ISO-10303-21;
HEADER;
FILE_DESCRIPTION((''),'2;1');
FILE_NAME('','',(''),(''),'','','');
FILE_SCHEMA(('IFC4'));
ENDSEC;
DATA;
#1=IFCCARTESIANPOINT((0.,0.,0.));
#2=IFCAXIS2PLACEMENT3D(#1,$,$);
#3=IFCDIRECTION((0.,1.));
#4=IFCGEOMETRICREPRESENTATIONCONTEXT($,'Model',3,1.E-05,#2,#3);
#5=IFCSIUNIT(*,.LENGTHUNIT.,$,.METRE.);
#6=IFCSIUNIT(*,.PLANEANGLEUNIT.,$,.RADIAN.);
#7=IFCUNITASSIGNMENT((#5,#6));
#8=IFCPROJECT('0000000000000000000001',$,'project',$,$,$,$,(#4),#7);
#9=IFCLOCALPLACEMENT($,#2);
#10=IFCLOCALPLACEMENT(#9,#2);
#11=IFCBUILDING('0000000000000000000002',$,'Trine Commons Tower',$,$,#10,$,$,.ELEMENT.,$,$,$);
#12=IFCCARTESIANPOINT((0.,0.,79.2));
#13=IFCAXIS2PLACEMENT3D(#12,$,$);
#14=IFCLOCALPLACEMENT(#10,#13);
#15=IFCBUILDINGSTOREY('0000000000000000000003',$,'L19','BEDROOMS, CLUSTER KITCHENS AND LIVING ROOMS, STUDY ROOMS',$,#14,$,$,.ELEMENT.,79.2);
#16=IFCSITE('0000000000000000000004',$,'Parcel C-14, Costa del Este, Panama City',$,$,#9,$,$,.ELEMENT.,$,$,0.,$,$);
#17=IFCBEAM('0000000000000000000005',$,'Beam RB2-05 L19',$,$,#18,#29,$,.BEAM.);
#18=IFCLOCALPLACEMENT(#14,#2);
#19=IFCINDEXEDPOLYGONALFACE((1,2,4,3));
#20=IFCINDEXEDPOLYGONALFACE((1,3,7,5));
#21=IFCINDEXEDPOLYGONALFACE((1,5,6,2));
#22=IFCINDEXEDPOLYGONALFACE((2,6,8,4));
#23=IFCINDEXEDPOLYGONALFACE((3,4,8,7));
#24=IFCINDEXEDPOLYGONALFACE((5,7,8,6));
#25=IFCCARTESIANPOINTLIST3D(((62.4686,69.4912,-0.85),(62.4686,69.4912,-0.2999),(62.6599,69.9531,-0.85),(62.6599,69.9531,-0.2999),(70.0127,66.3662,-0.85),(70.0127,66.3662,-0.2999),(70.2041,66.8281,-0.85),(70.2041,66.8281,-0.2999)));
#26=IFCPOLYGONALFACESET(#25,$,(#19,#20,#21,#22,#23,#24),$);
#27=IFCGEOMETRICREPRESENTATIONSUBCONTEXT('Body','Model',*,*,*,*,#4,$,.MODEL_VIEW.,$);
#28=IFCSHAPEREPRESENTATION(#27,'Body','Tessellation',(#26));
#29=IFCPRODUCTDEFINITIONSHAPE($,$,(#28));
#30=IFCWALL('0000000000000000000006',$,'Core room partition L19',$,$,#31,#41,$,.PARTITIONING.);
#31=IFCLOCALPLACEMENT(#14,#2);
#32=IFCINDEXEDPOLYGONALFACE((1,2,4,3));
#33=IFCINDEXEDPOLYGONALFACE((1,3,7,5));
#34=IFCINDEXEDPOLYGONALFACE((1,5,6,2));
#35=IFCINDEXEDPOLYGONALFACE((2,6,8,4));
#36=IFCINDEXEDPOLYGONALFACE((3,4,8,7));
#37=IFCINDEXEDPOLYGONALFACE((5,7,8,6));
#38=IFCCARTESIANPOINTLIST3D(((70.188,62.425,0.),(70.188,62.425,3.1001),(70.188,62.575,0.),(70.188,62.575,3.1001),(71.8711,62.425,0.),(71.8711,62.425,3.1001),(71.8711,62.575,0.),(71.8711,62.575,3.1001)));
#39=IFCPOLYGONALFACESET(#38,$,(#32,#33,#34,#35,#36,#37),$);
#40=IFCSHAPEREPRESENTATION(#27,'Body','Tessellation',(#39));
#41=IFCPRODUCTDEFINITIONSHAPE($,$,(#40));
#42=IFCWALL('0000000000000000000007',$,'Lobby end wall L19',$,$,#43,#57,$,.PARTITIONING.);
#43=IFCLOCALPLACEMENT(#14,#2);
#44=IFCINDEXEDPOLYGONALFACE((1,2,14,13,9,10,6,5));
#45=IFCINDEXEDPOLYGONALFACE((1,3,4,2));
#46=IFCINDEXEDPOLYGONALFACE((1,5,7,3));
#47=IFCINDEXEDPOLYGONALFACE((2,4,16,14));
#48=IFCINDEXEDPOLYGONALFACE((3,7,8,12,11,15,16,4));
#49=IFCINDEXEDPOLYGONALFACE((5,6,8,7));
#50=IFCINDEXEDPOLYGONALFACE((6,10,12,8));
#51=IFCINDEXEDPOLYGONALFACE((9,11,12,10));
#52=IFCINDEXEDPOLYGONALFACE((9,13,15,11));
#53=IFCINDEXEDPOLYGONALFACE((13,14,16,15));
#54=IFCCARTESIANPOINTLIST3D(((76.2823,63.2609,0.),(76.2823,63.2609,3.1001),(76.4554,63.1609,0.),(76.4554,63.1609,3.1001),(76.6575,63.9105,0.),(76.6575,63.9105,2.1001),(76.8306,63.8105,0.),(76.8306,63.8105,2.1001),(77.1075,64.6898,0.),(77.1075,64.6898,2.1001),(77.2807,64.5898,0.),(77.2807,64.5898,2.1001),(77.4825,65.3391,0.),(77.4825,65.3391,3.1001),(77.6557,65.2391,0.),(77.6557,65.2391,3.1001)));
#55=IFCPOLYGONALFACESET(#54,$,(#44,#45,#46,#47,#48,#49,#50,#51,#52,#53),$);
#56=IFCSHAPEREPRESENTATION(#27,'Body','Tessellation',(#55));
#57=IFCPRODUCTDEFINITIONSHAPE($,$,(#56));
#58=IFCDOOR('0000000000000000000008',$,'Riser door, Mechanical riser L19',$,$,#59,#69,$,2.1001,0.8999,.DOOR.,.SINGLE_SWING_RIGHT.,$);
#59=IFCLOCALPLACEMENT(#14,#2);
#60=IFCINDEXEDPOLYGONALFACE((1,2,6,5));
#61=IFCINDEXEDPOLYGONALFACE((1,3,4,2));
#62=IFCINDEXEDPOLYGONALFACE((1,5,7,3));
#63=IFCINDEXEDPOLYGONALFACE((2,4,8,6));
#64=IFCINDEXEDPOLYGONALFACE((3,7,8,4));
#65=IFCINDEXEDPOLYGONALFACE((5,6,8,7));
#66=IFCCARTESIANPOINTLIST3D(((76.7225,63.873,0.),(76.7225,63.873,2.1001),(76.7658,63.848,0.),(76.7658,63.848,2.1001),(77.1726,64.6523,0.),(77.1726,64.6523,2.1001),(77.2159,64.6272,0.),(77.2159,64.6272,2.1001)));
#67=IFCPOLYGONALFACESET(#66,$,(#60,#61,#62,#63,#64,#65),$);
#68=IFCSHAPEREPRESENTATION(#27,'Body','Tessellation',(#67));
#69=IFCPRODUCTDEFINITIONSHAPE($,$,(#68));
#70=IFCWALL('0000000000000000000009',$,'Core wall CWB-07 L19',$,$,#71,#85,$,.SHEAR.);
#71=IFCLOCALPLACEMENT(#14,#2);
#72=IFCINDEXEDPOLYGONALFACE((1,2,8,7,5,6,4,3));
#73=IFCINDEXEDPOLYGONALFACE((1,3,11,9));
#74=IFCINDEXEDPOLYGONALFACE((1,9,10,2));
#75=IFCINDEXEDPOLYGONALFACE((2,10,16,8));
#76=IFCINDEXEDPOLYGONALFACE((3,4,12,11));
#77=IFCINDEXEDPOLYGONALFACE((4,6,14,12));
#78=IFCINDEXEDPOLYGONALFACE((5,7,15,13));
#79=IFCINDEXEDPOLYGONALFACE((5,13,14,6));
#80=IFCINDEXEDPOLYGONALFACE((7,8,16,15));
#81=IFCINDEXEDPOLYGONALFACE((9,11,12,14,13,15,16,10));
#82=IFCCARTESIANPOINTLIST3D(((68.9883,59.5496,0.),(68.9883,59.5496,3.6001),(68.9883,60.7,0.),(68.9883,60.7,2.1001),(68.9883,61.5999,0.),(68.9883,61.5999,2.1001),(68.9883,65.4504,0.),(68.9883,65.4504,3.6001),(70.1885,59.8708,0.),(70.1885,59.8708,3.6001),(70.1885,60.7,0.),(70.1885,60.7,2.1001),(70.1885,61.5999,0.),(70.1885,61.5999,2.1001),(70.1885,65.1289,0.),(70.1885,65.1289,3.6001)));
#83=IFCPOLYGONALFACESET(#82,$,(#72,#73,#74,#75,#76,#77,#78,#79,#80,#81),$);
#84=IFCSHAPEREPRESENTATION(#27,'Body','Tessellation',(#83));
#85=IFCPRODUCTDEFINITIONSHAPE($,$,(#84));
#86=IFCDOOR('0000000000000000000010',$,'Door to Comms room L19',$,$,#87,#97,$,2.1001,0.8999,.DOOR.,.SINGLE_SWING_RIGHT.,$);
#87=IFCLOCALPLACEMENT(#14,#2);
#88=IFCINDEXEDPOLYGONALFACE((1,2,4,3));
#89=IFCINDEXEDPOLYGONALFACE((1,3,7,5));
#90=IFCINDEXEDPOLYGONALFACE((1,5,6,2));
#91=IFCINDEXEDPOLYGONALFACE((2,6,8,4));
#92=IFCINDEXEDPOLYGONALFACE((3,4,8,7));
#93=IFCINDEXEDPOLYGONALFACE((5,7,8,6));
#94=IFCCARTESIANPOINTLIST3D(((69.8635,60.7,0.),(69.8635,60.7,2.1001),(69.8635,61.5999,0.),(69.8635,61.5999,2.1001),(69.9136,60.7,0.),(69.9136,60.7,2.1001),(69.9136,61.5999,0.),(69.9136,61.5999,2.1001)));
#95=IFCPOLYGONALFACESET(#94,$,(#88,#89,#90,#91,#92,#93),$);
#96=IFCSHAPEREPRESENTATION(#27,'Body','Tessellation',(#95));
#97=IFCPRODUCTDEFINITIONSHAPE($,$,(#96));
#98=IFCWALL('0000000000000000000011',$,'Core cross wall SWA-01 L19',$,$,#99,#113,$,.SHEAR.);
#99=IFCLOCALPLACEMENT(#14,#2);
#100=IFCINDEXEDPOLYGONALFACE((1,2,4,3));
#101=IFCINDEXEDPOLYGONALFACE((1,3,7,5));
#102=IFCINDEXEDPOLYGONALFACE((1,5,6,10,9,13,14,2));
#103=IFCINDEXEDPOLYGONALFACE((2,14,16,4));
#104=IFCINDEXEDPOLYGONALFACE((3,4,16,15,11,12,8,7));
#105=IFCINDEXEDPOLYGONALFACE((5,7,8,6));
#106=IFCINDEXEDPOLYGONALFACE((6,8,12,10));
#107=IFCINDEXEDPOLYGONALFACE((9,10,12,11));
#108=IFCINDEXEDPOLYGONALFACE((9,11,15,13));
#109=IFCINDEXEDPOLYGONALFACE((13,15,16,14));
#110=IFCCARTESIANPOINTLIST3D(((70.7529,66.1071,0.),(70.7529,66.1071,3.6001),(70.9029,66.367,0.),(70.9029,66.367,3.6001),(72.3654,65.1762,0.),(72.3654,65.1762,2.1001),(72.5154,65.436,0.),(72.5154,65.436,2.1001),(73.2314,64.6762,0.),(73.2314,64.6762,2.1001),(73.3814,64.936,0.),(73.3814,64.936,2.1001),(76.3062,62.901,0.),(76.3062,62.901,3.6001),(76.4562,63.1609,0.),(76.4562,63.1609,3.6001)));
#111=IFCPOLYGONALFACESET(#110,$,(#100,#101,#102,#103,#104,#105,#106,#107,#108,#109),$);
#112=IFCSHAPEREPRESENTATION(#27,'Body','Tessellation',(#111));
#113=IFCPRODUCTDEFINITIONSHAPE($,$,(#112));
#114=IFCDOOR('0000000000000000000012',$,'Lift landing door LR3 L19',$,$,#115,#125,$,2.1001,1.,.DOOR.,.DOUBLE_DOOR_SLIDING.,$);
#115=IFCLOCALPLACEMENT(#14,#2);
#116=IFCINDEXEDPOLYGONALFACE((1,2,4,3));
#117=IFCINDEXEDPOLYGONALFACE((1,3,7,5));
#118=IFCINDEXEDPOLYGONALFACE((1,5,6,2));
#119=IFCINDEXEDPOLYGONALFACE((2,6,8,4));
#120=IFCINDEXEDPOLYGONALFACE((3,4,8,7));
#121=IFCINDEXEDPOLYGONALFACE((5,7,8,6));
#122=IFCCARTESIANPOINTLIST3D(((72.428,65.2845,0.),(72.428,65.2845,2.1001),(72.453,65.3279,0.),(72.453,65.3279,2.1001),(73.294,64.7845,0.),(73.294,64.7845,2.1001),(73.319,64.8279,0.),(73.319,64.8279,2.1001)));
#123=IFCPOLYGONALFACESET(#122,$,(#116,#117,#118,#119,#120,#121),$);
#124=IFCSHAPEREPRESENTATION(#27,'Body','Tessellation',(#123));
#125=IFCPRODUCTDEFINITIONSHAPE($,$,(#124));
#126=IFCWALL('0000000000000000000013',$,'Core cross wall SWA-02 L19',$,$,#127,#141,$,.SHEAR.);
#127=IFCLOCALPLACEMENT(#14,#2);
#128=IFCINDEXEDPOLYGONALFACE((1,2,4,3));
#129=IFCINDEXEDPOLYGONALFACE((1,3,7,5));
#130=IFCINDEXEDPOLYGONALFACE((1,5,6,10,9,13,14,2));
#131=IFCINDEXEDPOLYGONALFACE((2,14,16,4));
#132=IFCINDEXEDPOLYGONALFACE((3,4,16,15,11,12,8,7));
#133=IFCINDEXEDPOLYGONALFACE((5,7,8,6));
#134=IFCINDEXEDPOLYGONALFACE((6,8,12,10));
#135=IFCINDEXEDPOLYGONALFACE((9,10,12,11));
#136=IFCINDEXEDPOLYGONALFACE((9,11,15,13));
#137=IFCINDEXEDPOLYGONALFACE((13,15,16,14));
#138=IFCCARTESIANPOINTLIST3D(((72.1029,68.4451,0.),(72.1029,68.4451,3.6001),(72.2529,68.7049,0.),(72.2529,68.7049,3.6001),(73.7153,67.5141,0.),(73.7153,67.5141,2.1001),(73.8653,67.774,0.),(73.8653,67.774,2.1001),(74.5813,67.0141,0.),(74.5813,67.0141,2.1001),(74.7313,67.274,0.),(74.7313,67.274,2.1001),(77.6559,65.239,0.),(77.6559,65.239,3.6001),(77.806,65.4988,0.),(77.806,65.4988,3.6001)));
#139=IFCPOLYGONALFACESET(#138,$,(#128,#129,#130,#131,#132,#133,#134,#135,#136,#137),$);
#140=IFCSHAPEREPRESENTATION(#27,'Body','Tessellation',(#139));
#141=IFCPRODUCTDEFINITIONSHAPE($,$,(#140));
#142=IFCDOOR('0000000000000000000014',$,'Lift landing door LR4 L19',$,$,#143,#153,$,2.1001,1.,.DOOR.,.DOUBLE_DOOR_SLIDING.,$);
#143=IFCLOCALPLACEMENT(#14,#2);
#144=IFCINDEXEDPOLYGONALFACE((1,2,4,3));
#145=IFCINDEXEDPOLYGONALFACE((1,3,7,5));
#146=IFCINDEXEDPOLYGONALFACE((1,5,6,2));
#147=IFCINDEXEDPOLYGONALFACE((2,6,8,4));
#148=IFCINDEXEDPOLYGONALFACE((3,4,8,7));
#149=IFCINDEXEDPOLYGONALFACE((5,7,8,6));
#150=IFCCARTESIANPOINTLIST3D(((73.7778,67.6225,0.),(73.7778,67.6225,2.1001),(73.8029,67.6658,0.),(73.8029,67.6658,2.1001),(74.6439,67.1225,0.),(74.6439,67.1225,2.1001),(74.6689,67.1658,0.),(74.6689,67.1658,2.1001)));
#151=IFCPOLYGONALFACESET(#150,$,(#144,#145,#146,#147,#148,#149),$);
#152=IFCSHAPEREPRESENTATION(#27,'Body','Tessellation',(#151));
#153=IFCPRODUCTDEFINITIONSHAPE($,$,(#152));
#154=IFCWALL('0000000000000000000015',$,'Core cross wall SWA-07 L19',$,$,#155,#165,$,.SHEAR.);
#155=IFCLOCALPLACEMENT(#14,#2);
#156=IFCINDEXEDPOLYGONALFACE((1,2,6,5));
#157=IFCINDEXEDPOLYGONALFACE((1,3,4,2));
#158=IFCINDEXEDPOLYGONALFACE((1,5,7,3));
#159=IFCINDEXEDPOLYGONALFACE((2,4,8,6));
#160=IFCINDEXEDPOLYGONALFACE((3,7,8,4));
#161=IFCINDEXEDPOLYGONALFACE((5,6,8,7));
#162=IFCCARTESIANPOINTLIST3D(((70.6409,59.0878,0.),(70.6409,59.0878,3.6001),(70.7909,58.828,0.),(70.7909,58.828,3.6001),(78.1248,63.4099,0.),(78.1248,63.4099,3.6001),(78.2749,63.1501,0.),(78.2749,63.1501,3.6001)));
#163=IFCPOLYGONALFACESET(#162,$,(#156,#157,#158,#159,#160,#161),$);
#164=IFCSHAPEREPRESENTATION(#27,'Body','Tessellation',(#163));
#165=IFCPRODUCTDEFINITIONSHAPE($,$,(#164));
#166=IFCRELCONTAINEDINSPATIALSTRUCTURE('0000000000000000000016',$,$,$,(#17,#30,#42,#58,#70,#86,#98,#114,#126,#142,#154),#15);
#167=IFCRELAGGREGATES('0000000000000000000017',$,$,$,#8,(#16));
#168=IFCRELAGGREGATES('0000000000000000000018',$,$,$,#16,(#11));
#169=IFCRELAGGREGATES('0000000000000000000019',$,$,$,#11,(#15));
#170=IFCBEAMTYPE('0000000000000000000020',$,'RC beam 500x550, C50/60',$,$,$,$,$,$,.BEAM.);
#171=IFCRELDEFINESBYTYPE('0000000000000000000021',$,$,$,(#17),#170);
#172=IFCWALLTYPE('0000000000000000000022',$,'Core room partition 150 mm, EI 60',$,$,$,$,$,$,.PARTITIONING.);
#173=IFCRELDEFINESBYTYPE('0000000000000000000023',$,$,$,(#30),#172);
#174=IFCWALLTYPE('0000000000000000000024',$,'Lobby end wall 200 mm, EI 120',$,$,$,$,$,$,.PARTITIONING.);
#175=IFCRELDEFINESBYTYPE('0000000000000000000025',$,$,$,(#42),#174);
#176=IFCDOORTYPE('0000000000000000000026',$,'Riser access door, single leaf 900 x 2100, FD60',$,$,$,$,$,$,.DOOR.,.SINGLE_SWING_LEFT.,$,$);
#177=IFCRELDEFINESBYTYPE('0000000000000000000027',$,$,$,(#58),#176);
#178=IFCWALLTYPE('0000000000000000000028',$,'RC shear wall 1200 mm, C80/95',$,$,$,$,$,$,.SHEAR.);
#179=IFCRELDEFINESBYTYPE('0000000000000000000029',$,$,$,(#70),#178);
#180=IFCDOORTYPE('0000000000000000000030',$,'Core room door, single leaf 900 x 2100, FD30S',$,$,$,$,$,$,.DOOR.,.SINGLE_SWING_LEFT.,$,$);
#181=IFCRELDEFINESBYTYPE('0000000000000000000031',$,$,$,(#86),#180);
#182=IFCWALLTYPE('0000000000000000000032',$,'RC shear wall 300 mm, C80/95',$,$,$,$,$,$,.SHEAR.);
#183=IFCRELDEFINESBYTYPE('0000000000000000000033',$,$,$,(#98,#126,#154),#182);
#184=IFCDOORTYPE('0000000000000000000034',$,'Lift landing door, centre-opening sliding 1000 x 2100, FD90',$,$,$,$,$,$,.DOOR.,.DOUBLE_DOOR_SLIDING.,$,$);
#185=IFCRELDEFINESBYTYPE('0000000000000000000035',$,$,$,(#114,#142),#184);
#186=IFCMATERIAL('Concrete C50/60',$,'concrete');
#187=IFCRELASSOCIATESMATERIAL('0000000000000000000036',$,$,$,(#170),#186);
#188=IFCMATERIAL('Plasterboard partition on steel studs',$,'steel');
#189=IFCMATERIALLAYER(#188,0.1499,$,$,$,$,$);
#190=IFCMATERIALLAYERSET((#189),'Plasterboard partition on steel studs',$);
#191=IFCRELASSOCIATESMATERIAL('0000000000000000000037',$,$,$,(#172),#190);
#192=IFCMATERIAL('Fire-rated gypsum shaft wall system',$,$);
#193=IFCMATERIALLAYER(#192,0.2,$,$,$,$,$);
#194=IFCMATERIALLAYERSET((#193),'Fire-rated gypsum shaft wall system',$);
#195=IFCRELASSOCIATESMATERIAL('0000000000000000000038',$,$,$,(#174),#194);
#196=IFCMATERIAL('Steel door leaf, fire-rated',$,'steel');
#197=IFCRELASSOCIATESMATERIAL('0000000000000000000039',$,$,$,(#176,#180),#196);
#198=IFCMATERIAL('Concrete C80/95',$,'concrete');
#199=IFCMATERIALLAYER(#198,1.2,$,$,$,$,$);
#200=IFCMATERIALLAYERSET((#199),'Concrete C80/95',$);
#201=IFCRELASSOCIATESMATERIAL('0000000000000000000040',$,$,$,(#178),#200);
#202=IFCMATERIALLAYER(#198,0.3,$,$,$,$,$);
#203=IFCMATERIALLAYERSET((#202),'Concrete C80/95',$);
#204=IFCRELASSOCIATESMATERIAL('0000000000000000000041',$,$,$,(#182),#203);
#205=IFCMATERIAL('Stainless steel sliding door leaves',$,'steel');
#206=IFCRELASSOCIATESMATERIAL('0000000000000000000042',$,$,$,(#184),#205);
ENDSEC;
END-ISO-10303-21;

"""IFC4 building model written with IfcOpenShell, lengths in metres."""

from ifc_helpers import new_model, si_unit, direction, frame, frame_2d, origin, origin_2d, place, context, subcontext, project, spatial, polyline, rectangle, outline, extrude, material, layer, layer_set, material_profile, profile_set, type_object, element, fill, save


model = new_model("IFC4")

# Units and contexts
model_context = context("Model", 3, precision=1e-05, world=origin(), true_north=direction((0.0, 1.0)))
body_context = subcontext(model_context, "Body", "Model", "MODEL_VIEW")
ifc_project = project(units=[si_unit("LENGTHUNIT", "METRE"), si_unit("PLANEANGLEUNIT", "RADIAN")], contexts=[model_context])

# Site, building, storey
site_placement = place(None, origin())
site = spatial("IfcSite", under=ifc_project, at=site_placement, Name="Parcel C-14, Costa del Este, Panama City", CompositionType="ELEMENT", RefElevation=0.0)
building_placement = place(site_placement, origin())
building = spatial("IfcBuilding", under=site, at=building_placement, Name="Trine Commons Tower", CompositionType="ELEMENT")
storey_placement = place(building_placement, frame((0.0, 0.0, 79.2)))
storey = spatial("IfcBuildingStorey", under=building, at=storey_placement, Name="L19", Description="BEDROOMS, CLUSTER KITCHENS AND LIVING ROOMS, STUDY ROOMS", CompositionType="ELEMENT", Elevation=79.2)

# Beam
ifc_material_1 = material(Name="Concrete C50/60", Category="concrete")
ifc_material_profile = material_profile(ifc_material_1, rectangle(XDim=0.5, YDim=0.55, at=origin_2d()), Name="RC 500x550")
ifc_profile_set = profile_set([ifc_material_profile], Name="Concrete C50/60")
beam_type = type_object("IfcBeamType", Name="RC beam 500x550, C50/60", PredefinedType="BEAM", material=ifc_profile_set)
beam_placement = place(storey_placement, frame((70.1084, 66.5972, -0.575), z_axis=(-0.923875, 0.382693, 0.0), x_axis=(-0.382693, -0.923875, 0.0)))
element("IfcBeam", 1, at=beam_placement, inside=storey, type_object=beam_type, Name="Beam RB2-05 L19", PredefinedType="BEAM", context=body_context, shape_type="SweptSolid", body=[
    extrude(rectangle(XDim=0.5, YDim=0.55, at=origin_2d()), origin(), (0.0, 0.0, 1.0), 8.1658),
])

# Wall
ifc_material_2 = material(Name="Plasterboard partition on steel studs", Category="steel")
ifc_layer_1 = layer(ifc_material_2, 0.1499)
ifc_layer_set_1 = layer_set([ifc_layer_1], Name="Plasterboard partition on steel studs")
wall_type_1 = type_object("IfcWallType", Name="Core room partition 150 mm, EI 60", PredefinedType="PARTITIONING", material=ifc_layer_set_1)
wall_1_placement = place(storey_placement, frame((70.188, 62.5, 0.0), z_axis=(0.0, 0.0, 1.0), x_axis=(1.0, 0.0, 0.0)))
element("IfcWall", 2, at=wall_1_placement, inside=storey, type_object=wall_type_1, Name="Core room partition L19", PredefinedType="PARTITIONING", context=body_context, shape_type="SweptSolid", body=[
    extrude(rectangle(XDim=1.6831, YDim=0.1499, at=frame_2d((0.8416, 0.0))), origin(), (0.0, 0.0, 1.0), 3.1001),
])

# Walls, openings, doors
ifc_material_3 = material(Name="Fire-rated gypsum shaft wall system")
ifc_layer_2 = layer(ifc_material_3, 0.2)
ifc_layer_set_2 = layer_set([ifc_layer_2], Name="Fire-rated gypsum shaft wall system")
wall_type_2 = type_object("IfcWallType", Name="Lobby end wall 200 mm, EI 120", PredefinedType="PARTITIONING", material=ifc_layer_set_2)
wall_2_placement = place(storey_placement, frame((77.5691, 65.2891, 0.0), z_axis=(0.0, 0.0, 1.0), x_axis=(-0.500122, -0.865955, 0.0)))
wall_2 = element("IfcWall", 3, at=wall_2_placement, inside=storey, type_object=wall_type_2, Name="Lobby end wall L19", PredefinedType="PARTITIONING", context=body_context, shape_type="SweptSolid", body=[
    extrude(rectangle(XDim=2.3999, YDim=0.2, at=frame_2d((1.2, 0.0))), origin(), (0.0, 0.0, 1.0), 3.1001),
])
opening_1_placement = place(wall_2_placement, frame((0.7498, 0.0, 0.0)))
opening_1 = element("IfcOpeningElement", 4, at=opening_1_placement, cuts=wall_2, PredefinedType="OPENING", context=body_context, shape_type="SweptSolid", body=[
    extrude(rectangle(XDim=0.8999, YDim=2.1001, at=frame_2d((0.45, 1.05))), frame((0.0, 0.1099, 0.0), z_axis=(0.0, -1.0, 0.0), x_axis=(1.0, 0.0, 0.0)), (0.0, 0.0, 1.0), 0.22),
])
ifc_material_4 = material(Name="Steel door leaf, fire-rated", Category="steel")
door_type_1 = type_object("IfcDoorType", Name="Riser access door, single leaf 900 x 2100, FD60", OperationType="SINGLE_SWING_LEFT", PredefinedType="DOOR", material=ifc_material_4)
door_1_placement = place(opening_1_placement, frame((0.8999, 0.0, 0.0), z_axis=(0.0, 0.0, 1.0), x_axis=(-1.0, 0.0, 0.0)))
door_1 = element("IfcDoor", 5, at=door_1_placement, inside=storey, type_object=door_type_1, Name="Riser door, Mechanical riser L19", OperationType="SINGLE_SWING_RIGHT", OverallHeight=2.1001, OverallWidth=0.8999, PredefinedType="DOOR", context=body_context, shape_type="SweptSolid", body=[
    extrude(rectangle(XDim=0.8999, YDim=2.1001, at=frame_2d((0.45, 1.05))), frame((0.0, 0.0249, 0.0), z_axis=(0.0, -1.0, 0.0), x_axis=(1.0, 0.0, 0.0)), (0.0, 0.0, 1.0), 0.05),
])
fill(opening_1, door_1)
ifc_material_5 = material(Name="Concrete C80/95", Category="concrete")
ifc_layer_3 = layer(ifc_material_5, 1.2)
ifc_layer_set_3 = layer_set([ifc_layer_3], Name="Concrete C80/95")
wall_type_3 = type_object("IfcWallType", Name="RC shear wall 1200 mm, C80/95", PredefinedType="SHEAR", material=ifc_layer_set_3)
wall_3_placement = place(storey_placement, frame((69.5884, 65.4504, 0.0), z_axis=(0.0, 0.0, 1.0), x_axis=(0.0, -1.0, 0.0)))
wall_3 = element("IfcWall", 6, at=wall_3_placement, inside=storey, type_object=wall_type_3, Name="Core wall CWB-07 L19", PredefinedType="SHEAR", context=body_context, shape_type="SweptSolid", body=[
    extrude(outline(polyline([(0.0, -0.6001), (5.9009, -0.6001), (5.5796, 0.6001), (0.3215, 0.6001), (0.0, -0.6001)])), origin(), (0.0, 0.0, 1.0), 3.6001),
])
opening_2_placement = place(wall_3_placement, frame((3.8506, 0.0, 0.0)))
opening_2 = element("IfcOpeningElement", 7, at=opening_2_placement, cuts=wall_3, PredefinedType="OPENING", context=body_context, shape_type="SweptSolid", body=[
    extrude(rectangle(XDim=0.8999, YDim=2.1001, at=frame_2d((0.45, 1.05))), frame((0.0, 0.6099, 0.0), z_axis=(0.0, -1.0, 0.0), x_axis=(1.0, 0.0, 0.0)), (0.0, 0.0, 1.0), 1.22),
])
door_type_2 = type_object("IfcDoorType", Name="Core room door, single leaf 900 x 2100, FD30S", OperationType="SINGLE_SWING_LEFT", PredefinedType="DOOR", material=ifc_material_4)
door_2_placement = place(opening_2_placement, origin())
door_2 = element("IfcDoor", 8, at=door_2_placement, inside=storey, type_object=door_type_2, Name="Door to Comms room L19", OperationType="SINGLE_SWING_RIGHT", OverallHeight=2.1001, OverallWidth=0.8999, PredefinedType="DOOR", context=body_context, shape_type="SweptSolid", body=[
    extrude(rectangle(XDim=0.8999, YDim=2.1001, at=frame_2d((0.45, 1.05))), frame((0.0, 0.3252, 0.0), z_axis=(0.0, -1.0, 0.0), x_axis=(1.0, 0.0, 0.0)), (0.0, 0.0, 1.0), 0.05),
])
fill(opening_2, door_2)
ifc_layer_4 = layer(ifc_material_5, 0.3)
ifc_layer_set_4 = layer_set([ifc_layer_4], Name="Concrete C80/95")
wall_type_4 = type_object("IfcWallType", Name="RC shear wall 300 mm, C80/95", PredefinedType="SHEAR", material=ifc_layer_set_4)
wall_4_placement = place(storey_placement, frame((76.3811, 63.031, 0.0), z_axis=(0.0, 0.0, 1.0), x_axis=(-0.866032, 0.499988, 0.0)))
wall_4 = element("IfcWall", 9, at=wall_4_placement, inside=storey, type_object=wall_type_4, Name="Core cross wall SWA-01 L19", PredefinedType="SHEAR", context=body_context, shape_type="SweptSolid", body=[
    extrude(rectangle(XDim=6.4124, YDim=0.3, at=frame_2d((3.2061, 0.0))), origin(), (0.0, 0.0, 1.0), 3.6001),
])
opening_3_placement = place(wall_4_placement, frame((3.5503, 0.0, 0.0)))
opening_3 = element("IfcOpeningElement", 10, at=opening_3_placement, cuts=wall_4, PredefinedType="OPENING", context=body_context, shape_type="SweptSolid", body=[
    extrude(rectangle(XDim=1.0, YDim=2.1001, at=frame_2d((0.5, 1.05))), frame((0.0, 0.1599, 0.0), z_axis=(0.0, -1.0, 0.0), x_axis=(1.0, 0.0, 0.0)), (0.0, 0.0, 1.0), 0.3201),
])
ifc_material_6 = material(Name="Stainless steel sliding door leaves", Category="steel")
door_type_3 = type_object("IfcDoorType", Name="Lift landing door, centre-opening sliding 1000 x 2100, FD90", OperationType="DOUBLE_DOOR_SLIDING", PredefinedType="DOOR", material=ifc_material_6)
door_3_placement = place(opening_3_placement, origin())
door_3 = element("IfcDoor", 11, at=door_3_placement, inside=storey, type_object=door_type_3, Name="Lift landing door LR3 L19", OperationType="DOUBLE_DOOR_SLIDING", OverallHeight=2.1001, OverallWidth=1.0, PredefinedType="DOOR", context=body_context, shape_type="SweptSolid", body=[
    extrude(rectangle(XDim=1.0, YDim=2.1001, at=frame_2d((0.5, 1.05))), frame((0.0, 0.0249, 0.0), z_axis=(0.0, -1.0, 0.0), x_axis=(1.0, 0.0, 0.0)), (0.0, 0.0, 1.0), 0.05),
])
fill(opening_3, door_3)
wall_5_placement = place(storey_placement, frame((77.731, 65.3689, 0.0), z_axis=(0.0, 0.0, 1.0), x_axis=(-0.866023, 0.500005, 0.0)))
wall_5 = element("IfcWall", 12, at=wall_5_placement, inside=storey, type_object=wall_type_4, Name="Core cross wall SWA-02 L19", PredefinedType="SHEAR", context=body_context, shape_type="SweptSolid", body=[
    extrude(rectangle(XDim=6.4121, YDim=0.3, at=frame_2d((3.2061, 0.0))), origin(), (0.0, 0.0, 1.0), 3.6001),
])
opening_4_placement = place(wall_5_placement, frame((3.5503, 0.0, 0.0)))
opening_4 = element("IfcOpeningElement", 13, at=opening_4_placement, cuts=wall_5, PredefinedType="OPENING", context=body_context, shape_type="SweptSolid", body=[
    extrude(rectangle(XDim=1.0, YDim=2.1001, at=frame_2d((0.5, 1.05))), frame((0.0, 0.1599, 0.0), z_axis=(0.0, -1.0, 0.0), x_axis=(1.0, 0.0, 0.0)), (0.0, 0.0, 1.0), 0.3201),
])
door_4_placement = place(opening_4_placement, origin())
door_4 = element("IfcDoor", 14, at=door_4_placement, inside=storey, type_object=door_type_3, Name="Lift landing door LR4 L19", OperationType="DOUBLE_DOOR_SLIDING", OverallHeight=2.1001, OverallWidth=1.0, PredefinedType="DOOR", context=body_context, shape_type="SweptSolid", body=[
    extrude(rectangle(XDim=1.0, YDim=2.1001, at=frame_2d((0.5, 1.05))), frame((0.0, 0.0249, 0.0), z_axis=(0.0, -1.0, 0.0), x_axis=(1.0, 0.0, 0.0)), (0.0, 0.0, 1.0), 0.05),
])
fill(opening_4, door_4)

# Wall
wall_6_placement = place(storey_placement, frame((78.2, 63.28, 0.0), z_axis=(0.0, 0.0, 1.0), x_axis=(-0.865965, -0.500104, 0.0)))
element("IfcWall", 15, at=wall_6_placement, inside=storey, type_object=wall_type_4, Name="Core cross wall SWA-07 L19", PredefinedType="SHEAR", context=body_context, shape_type="SweptSolid", body=[
    extrude(rectangle(XDim=8.6423, YDim=0.3, at=frame_2d((4.3213, 0.0))), origin(), (0.0, 0.0, 1.0), 3.6001),
])

save(model, "model.ifc")
